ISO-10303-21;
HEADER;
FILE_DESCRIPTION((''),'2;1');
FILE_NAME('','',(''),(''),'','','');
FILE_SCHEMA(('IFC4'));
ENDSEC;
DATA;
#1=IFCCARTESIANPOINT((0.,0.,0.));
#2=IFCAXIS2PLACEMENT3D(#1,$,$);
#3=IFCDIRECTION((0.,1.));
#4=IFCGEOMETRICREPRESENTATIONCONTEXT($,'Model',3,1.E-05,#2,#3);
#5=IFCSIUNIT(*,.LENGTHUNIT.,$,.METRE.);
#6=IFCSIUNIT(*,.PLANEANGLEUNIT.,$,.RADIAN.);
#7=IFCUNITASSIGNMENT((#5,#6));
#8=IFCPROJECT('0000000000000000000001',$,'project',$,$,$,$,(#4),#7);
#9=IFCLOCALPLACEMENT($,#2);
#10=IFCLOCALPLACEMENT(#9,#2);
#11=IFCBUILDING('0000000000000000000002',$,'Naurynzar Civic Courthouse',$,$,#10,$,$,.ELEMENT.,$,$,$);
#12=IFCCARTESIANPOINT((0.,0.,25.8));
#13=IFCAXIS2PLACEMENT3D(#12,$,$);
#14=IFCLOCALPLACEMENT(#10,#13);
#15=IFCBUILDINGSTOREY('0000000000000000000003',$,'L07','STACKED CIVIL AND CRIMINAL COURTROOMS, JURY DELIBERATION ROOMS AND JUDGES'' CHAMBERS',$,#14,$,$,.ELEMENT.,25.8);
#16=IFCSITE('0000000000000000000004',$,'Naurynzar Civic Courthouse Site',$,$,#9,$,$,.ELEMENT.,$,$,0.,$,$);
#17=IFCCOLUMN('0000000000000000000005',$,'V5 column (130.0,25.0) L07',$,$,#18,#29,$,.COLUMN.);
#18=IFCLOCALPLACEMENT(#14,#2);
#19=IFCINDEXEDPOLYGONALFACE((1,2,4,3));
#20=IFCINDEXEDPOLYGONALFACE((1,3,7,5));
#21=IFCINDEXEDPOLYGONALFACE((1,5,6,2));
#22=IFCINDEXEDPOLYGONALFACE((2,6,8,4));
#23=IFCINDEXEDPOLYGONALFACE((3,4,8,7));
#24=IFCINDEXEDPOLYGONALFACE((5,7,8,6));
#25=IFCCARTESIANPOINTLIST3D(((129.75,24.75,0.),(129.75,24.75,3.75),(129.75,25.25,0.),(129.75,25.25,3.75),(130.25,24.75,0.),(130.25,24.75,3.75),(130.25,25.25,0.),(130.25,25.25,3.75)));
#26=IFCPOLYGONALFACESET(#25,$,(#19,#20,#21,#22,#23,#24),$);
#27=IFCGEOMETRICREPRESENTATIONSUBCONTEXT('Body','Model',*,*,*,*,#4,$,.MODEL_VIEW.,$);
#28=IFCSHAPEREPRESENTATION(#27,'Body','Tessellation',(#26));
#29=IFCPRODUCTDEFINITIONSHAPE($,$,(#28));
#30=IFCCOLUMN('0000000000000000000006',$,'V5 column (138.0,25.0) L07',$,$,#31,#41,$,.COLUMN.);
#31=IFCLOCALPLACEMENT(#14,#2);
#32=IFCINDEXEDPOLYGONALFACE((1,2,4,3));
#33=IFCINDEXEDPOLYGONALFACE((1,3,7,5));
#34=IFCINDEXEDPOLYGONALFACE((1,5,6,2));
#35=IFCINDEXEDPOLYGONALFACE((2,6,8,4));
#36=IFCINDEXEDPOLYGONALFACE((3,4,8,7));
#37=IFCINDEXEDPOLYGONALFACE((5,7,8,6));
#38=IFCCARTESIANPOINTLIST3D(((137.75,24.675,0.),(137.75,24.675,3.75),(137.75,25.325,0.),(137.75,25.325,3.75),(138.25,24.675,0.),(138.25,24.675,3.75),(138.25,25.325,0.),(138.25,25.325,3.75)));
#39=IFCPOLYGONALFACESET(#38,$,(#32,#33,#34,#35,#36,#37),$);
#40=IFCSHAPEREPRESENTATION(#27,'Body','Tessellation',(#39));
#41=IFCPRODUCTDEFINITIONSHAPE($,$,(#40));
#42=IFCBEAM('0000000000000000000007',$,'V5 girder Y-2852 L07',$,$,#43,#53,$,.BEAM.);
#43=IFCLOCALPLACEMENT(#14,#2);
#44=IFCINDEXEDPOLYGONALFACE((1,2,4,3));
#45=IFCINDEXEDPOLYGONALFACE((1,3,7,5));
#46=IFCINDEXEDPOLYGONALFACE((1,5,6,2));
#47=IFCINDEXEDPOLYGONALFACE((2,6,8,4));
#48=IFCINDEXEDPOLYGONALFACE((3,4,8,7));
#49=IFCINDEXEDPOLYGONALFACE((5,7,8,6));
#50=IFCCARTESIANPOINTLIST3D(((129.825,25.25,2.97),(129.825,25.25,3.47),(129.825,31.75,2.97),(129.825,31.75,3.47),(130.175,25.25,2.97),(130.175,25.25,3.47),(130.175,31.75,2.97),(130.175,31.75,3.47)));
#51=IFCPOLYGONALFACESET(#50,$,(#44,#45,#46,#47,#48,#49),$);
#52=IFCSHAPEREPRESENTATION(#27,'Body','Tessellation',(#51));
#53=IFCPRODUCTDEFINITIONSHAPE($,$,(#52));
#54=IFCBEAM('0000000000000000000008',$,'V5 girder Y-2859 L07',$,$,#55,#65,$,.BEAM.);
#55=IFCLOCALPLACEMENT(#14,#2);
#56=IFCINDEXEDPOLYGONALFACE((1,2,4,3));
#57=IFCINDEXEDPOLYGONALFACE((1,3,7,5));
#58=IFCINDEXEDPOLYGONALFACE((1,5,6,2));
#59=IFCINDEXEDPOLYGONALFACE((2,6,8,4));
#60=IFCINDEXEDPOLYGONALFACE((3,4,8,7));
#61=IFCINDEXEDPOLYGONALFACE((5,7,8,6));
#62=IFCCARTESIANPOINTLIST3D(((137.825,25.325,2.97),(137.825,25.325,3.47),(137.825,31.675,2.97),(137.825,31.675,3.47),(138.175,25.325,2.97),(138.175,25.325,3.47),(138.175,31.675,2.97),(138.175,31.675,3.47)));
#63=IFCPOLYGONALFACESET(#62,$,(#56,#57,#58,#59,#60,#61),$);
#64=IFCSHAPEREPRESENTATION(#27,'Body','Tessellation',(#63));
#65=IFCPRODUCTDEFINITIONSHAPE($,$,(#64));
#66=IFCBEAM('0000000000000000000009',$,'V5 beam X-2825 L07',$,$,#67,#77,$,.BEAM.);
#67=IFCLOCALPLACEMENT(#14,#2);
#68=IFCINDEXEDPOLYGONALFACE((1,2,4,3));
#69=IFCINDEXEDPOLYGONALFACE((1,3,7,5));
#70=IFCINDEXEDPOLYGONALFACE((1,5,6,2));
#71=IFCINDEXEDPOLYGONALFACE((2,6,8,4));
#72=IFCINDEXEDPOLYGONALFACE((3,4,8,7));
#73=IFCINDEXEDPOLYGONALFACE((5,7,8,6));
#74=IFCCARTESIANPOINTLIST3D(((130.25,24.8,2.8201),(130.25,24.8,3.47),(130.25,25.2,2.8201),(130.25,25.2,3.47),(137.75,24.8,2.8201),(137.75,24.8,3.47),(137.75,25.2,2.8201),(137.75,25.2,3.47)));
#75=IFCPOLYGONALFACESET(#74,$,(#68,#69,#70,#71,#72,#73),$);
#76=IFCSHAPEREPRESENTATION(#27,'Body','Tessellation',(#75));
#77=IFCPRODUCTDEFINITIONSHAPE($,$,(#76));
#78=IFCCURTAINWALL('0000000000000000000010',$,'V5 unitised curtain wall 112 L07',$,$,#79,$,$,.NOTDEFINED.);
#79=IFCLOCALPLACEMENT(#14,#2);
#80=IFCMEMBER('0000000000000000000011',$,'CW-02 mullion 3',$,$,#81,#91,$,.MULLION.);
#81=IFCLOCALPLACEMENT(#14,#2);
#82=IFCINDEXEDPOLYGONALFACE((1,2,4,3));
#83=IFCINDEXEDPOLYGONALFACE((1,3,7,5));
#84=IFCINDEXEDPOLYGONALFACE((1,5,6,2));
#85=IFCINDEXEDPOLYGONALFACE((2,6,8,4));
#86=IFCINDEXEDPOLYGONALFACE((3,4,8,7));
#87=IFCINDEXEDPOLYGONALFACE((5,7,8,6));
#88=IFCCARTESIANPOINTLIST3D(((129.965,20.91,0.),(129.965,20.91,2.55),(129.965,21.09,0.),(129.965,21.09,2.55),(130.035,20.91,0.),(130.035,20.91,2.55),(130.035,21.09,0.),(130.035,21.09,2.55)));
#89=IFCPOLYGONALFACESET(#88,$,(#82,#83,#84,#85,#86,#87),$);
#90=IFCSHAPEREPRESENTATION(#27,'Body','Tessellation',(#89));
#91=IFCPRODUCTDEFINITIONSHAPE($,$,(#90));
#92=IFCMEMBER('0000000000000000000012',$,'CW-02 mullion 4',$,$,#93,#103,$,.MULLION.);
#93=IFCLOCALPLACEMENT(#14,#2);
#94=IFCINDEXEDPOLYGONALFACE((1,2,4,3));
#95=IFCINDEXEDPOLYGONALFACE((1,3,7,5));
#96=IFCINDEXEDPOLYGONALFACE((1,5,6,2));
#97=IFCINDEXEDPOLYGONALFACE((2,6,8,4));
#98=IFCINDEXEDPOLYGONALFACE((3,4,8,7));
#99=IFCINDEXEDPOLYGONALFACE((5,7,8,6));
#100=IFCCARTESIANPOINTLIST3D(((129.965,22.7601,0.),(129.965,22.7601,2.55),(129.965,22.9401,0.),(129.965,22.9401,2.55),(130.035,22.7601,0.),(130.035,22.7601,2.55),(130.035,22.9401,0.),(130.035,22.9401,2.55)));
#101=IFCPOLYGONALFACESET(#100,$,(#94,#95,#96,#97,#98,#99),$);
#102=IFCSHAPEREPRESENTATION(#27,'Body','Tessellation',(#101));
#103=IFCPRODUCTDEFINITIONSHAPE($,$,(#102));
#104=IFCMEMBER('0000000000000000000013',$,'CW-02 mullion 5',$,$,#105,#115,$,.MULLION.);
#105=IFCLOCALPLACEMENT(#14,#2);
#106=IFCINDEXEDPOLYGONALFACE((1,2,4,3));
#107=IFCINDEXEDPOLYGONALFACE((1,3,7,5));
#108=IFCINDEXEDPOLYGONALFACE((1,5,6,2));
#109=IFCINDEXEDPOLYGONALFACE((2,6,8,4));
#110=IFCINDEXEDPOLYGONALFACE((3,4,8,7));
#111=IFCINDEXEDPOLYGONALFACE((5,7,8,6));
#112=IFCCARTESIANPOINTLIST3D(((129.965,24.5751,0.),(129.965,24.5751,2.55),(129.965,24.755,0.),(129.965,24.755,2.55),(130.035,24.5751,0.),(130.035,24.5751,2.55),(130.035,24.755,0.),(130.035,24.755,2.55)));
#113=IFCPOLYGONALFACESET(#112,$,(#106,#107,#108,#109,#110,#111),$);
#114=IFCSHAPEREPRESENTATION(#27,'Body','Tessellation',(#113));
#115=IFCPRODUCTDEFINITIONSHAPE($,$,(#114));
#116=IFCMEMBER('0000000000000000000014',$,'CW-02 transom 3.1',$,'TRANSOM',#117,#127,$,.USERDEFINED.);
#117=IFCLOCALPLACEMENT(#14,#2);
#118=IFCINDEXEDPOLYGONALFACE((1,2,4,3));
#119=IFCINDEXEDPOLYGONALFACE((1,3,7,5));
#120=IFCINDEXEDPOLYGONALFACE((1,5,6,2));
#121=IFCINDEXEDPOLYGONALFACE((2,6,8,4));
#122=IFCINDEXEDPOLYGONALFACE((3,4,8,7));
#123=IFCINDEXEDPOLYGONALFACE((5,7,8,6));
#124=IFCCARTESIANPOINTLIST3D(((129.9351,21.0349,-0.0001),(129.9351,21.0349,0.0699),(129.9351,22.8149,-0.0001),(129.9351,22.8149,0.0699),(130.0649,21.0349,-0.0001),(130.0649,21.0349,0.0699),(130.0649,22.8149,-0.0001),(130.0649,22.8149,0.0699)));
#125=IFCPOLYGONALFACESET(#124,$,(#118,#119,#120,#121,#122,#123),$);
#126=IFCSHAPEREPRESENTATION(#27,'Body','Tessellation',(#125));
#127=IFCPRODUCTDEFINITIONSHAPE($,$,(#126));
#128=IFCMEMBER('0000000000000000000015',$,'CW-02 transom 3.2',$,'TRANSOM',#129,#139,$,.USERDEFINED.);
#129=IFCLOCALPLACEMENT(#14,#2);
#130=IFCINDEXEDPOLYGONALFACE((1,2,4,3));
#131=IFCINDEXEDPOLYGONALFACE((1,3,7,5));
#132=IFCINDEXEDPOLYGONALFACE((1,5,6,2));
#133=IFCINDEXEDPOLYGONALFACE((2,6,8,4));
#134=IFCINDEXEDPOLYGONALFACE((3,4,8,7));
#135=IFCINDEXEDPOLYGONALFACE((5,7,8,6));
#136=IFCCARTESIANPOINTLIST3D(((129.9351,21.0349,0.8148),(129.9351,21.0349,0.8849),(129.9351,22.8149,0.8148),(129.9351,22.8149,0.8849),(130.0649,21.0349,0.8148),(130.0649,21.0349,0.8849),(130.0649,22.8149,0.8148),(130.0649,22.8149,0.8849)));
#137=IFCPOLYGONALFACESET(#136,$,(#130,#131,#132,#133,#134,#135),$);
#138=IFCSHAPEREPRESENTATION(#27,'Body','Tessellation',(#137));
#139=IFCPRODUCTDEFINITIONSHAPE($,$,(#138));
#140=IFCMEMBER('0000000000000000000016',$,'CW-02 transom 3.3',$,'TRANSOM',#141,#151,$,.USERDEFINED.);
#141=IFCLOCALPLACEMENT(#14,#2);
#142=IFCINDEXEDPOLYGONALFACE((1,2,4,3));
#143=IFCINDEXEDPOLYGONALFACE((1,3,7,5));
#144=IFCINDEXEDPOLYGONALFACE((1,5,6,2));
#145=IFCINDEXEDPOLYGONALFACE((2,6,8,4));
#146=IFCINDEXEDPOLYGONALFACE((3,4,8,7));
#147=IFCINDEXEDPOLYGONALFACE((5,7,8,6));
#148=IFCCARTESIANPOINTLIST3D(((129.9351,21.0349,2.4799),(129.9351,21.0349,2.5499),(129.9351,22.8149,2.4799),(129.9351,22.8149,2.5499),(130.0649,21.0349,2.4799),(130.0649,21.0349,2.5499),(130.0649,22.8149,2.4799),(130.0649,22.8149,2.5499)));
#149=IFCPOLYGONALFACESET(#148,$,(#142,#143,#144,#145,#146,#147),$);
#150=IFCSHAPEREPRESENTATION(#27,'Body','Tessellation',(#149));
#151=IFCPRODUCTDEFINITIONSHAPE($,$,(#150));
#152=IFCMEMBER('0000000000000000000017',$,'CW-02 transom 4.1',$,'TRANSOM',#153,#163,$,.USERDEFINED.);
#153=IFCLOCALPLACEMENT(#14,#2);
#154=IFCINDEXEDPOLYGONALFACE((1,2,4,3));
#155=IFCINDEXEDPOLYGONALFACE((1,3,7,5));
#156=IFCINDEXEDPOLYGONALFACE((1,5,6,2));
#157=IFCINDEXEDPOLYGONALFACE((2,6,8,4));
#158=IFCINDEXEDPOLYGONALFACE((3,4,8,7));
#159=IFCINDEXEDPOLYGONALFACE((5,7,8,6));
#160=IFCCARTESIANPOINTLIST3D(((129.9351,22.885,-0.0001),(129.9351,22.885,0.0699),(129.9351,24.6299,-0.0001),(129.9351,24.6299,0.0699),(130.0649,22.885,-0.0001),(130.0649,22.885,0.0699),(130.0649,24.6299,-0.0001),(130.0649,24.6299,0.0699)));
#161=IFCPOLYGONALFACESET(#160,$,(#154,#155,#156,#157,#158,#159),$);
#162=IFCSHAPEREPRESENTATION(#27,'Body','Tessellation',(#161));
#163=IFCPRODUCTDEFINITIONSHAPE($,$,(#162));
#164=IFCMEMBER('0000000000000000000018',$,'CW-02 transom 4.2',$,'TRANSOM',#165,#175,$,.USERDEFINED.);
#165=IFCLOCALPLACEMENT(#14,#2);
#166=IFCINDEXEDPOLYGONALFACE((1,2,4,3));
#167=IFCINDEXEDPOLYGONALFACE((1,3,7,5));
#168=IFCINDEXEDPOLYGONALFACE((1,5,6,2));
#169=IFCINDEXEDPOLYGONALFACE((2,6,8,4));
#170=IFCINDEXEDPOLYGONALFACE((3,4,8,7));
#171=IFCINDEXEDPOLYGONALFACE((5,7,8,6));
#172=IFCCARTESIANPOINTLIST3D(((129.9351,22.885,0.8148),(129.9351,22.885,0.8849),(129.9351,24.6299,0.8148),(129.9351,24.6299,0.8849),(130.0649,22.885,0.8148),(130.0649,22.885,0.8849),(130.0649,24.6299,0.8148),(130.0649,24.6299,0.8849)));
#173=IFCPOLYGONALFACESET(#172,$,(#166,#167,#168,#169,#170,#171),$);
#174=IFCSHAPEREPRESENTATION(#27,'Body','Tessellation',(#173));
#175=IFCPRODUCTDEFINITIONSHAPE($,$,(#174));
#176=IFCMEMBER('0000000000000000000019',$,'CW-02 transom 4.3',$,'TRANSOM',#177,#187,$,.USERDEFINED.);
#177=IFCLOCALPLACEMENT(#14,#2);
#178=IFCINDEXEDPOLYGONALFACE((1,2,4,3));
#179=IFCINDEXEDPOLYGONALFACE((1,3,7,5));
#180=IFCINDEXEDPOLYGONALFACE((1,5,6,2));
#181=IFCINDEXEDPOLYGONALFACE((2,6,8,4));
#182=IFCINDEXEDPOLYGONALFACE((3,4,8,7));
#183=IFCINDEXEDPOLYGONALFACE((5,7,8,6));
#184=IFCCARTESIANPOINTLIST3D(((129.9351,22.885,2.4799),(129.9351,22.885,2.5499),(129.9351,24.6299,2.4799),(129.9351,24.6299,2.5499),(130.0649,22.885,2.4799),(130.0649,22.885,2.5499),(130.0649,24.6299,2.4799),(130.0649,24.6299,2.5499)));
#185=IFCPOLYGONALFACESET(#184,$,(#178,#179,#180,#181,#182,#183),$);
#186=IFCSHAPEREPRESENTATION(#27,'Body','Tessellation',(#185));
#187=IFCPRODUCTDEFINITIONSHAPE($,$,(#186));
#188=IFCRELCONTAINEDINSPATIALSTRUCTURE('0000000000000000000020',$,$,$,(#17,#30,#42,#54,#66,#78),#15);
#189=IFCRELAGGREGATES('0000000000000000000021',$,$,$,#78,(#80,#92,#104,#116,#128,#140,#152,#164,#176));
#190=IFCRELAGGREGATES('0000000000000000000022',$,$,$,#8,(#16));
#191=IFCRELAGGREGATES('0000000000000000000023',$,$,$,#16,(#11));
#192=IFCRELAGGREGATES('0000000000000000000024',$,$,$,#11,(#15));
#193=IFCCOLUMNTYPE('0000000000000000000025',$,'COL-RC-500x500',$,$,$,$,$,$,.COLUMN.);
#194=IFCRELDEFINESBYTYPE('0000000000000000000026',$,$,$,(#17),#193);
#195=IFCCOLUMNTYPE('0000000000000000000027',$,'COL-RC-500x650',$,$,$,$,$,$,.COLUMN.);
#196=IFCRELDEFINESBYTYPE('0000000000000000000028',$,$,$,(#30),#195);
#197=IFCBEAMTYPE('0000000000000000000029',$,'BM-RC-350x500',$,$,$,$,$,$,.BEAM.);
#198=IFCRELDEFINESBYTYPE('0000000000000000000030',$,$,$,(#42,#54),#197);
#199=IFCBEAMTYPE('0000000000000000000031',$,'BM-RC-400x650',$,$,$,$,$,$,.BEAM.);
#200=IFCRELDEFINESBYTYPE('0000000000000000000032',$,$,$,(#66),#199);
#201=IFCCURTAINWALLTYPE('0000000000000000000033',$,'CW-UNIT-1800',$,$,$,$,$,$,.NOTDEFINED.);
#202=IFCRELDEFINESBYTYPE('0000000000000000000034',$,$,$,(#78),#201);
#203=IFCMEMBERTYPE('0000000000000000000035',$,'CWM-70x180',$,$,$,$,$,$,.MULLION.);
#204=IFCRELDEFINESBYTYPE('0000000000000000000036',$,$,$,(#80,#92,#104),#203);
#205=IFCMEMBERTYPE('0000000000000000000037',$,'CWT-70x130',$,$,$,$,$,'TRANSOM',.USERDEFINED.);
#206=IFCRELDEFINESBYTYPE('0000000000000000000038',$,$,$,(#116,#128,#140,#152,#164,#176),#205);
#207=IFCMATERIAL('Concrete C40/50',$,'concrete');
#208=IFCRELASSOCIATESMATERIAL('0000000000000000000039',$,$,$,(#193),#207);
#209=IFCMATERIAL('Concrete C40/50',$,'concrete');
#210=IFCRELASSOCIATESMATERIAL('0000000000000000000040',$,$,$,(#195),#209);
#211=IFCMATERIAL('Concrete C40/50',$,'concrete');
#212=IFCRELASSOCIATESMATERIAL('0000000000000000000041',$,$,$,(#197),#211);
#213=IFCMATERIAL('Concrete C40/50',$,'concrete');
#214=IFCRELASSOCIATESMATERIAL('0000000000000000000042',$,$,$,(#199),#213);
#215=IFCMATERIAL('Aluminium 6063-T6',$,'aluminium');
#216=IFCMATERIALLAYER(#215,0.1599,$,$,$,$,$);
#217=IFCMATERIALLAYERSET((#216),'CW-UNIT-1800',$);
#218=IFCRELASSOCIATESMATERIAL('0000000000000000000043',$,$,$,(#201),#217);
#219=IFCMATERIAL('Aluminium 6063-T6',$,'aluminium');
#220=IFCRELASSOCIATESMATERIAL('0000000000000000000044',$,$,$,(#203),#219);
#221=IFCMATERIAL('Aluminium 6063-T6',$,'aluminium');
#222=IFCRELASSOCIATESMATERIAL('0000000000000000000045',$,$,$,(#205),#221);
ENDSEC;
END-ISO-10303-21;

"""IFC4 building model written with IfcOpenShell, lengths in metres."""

from ifc_helpers import new_model, si_unit, direction, frame, origin, origin_2d, place, context, subcontext, project, spatial, rectangle, extrude, material, layer, layer_set, material_profile, profile_set, type_object, element, aggregate, save


model = new_model("IFC4")

# Units and contexts
model_context = context("Model", 3, precision=1e-05, world=origin(), true_north=direction((0.0, 1.0)))
body_context = subcontext(model_context, "Body", "Model", "MODEL_VIEW")
ifc_project = project(units=[si_unit("LENGTHUNIT", "METRE"), si_unit("PLANEANGLEUNIT", "RADIAN")], contexts=[model_context])

# Site, building, storey
site_placement = place(None, origin())
site = spatial("IfcSite", under=ifc_project, at=site_placement, Name="Naurynzar Civic Courthouse Site", CompositionType="ELEMENT", RefElevation=0.0)
building_placement = place(site_placement, origin())
building = spatial("IfcBuilding", under=site, at=building_placement, Name="Naurynzar Civic Courthouse", CompositionType="ELEMENT")
storey_placement = place(building_placement, frame((0.0, 0.0, 25.8)))
storey = spatial("IfcBuildingStorey", under=building, at=storey_placement, Name="L07", Description="STACKED CIVIL AND CRIMINAL COURTROOMS, JURY DELIBERATION ROOMS AND JUDGES' CHAMBERS", CompositionType="ELEMENT", Elevation=25.8)

# Columns
ifc_material_1 = material(Name="Concrete C40/50", Category="concrete")
ifc_material_profile_1 = material_profile(ifc_material_1, rectangle(XDim=0.5, YDim=0.5, at=origin_2d()), Name="RC 500x500")
ifc_profile_set_1 = profile_set([ifc_material_profile_1], Name="Concrete C40/50")
column_type_1 = type_object("IfcColumnType", Name="COL-RC-500x500", PredefinedType="COLUMN", material=ifc_profile_set_1)
column_1_placement = place(storey_placement, frame((130.0, 25.0, 0.0), z_axis=(0.0, 0.0, 1.0), x_axis=(1.0, 0.0, 0.0)))
element("IfcColumn", 1, at=column_1_placement, inside=storey, type_object=column_type_1, Name="V5 column (130.0,25.0) L07", PredefinedType="COLUMN", context=body_context, shape_type="SweptSolid", body=[
    extrude(rectangle(XDim=0.5, YDim=0.5, at=origin_2d()), origin(), (0.0, 0.0, 1.0), 3.75),
])
ifc_material_2 = material(Name="Concrete C40/50", Category="concrete")
ifc_material_profile_2 = material_profile(ifc_material_2, rectangle(XDim=0.5, YDim=0.6499, at=origin_2d()), Name="RC 500x650")
ifc_profile_set_2 = profile_set([ifc_material_profile_2], Name="Concrete C40/50")
column_type_2 = type_object("IfcColumnType", Name="COL-RC-500x650", PredefinedType="COLUMN", material=ifc_profile_set_2)
column_2_placement = place(storey_placement, frame((138.0, 25.0, 0.0), z_axis=(0.0, 0.0, 1.0), x_axis=(1.0, 0.0, 0.0)))
element("IfcColumn", 2, at=column_2_placement, inside=storey, type_object=column_type_2, Name="V5 column (138.0,25.0) L07", PredefinedType="COLUMN", context=body_context, shape_type="SweptSolid", body=[
    extrude(rectangle(XDim=0.5, YDim=0.6499, at=origin_2d()), origin(), (0.0, 0.0, 1.0), 3.75),
])

# Beams
ifc_material_3 = material(Name="Concrete C40/50", Category="concrete")
ifc_material_profile_3 = material_profile(ifc_material_3, rectangle(XDim=0.3501, YDim=0.5, at=origin_2d()), Name="RCB 350x500")
ifc_profile_set_3 = profile_set([ifc_material_profile_3], Name="Concrete C40/50")
beam_type_1 = type_object("IfcBeamType", Name="BM-RC-350x500", PredefinedType="BEAM", material=ifc_profile_set_3)
beam_1_placement = place(storey_placement, frame((130.0, 25.25, 3.22), z_axis=(0.0, 1.0, 0.0), x_axis=(-1.0, 0.0, 0.0)))
element("IfcBeam", 3, at=beam_1_placement, inside=storey, type_object=beam_type_1, Name="V5 girder Y-2852 L07", PredefinedType="BEAM", context=body_context, shape_type="SweptSolid", body=[
    extrude(rectangle(XDim=0.3501, YDim=0.5, at=origin_2d()), origin(), (0.0, 0.0, 1.0), 6.5),
])
beam_2_placement = place(storey_placement, frame((138.0, 25.325, 3.22), z_axis=(0.0, 1.0, 0.0), x_axis=(-1.0, 0.0, 0.0)))
element("IfcBeam", 4, at=beam_2_placement, inside=storey, type_object=beam_type_1, Name="V5 girder Y-2859 L07", PredefinedType="BEAM", context=body_context, shape_type="SweptSolid", body=[
    extrude(rectangle(XDim=0.3501, YDim=0.5, at=origin_2d()), origin(), (0.0, 0.0, 1.0), 6.3501),
])
ifc_material_4 = material(Name="Concrete C40/50", Category="concrete")
ifc_material_profile_4 = material_profile(ifc_material_4, rectangle(XDim=0.3999, YDim=0.6499, at=origin_2d()), Name="RCB 400x650")
ifc_profile_set_4 = profile_set([ifc_material_profile_4], Name="Concrete C40/50")
beam_type_2 = type_object("IfcBeamType", Name="BM-RC-400x650", PredefinedType="BEAM", material=ifc_profile_set_4)
beam_3_placement = place(storey_placement, frame((130.25, 25.0, 3.145), z_axis=(1.0, 0.0, 0.0), x_axis=(0.0, 1.0, 0.0)))
element("IfcBeam", 5, at=beam_3_placement, inside=storey, type_object=beam_type_2, Name="V5 beam X-2825 L07", PredefinedType="BEAM", context=body_context, shape_type="SweptSolid", body=[
    extrude(rectangle(XDim=0.3999, YDim=0.6499, at=origin_2d()), origin(), (0.0, 0.0, 1.0), 7.5),
])

# Curtain wall, members
ifc_material_5 = material(Name="Aluminium 6063-T6", Category="aluminium")
ifc_layer_1 = layer(ifc_material_5, 0.1599)
ifc_layer_set_1 = layer_set([ifc_layer_1], Name="CW-UNIT-1800")
curtain_wall_type = type_object("IfcCurtainWallType", Name="CW-UNIT-1800", PredefinedType="NOTDEFINED", material=ifc_layer_set_1)
curtain_wall_placement = place(storey_placement, origin())
curtain_wall = element("IfcCurtainWall", 6, at=curtain_wall_placement, inside=storey, type_object=curtain_wall_type, Name="V5 unitised curtain wall 112 L07", PredefinedType="NOTDEFINED")
ifc_material_6 = material(Name="Aluminium 6063-T6", Category="aluminium")
ifc_material_profile_5 = material_profile(ifc_material_6, rectangle(XDim=0.0701, YDim=0.1799, at=origin_2d()), Name="ALU MULLION 70x180")
ifc_profile_set_5 = profile_set([ifc_material_profile_5], Name="Aluminium 6063-T6")
member_type_1 = type_object("IfcMemberType", Name="CWM-70x180", PredefinedType="MULLION", material=ifc_profile_set_5)
member_1_placement = place(storey_placement, frame((130.0, 21.0, 0.0), z_axis=(0.0, 0.0, 1.0), x_axis=(-1.0, 0.0, 0.0)))
member_1 = element("IfcMember", 7, at=member_1_placement, type_object=member_type_1, Name="CW-02 mullion 3", PredefinedType="MULLION", context=body_context, shape_type="SweptSolid", body=[
    extrude(rectangle(XDim=0.0701, YDim=0.1799, at=origin_2d()), origin(), (0.0, 0.0, 1.0), 2.55),
])
member_2_placement = place(storey_placement, frame((130.0, 22.8501, 0.0), z_axis=(0.0, 0.0, 1.0), x_axis=(-1.0, 0.0, 0.0)))
member_2 = element("IfcMember", 8, at=member_2_placement, type_object=member_type_1, Name="CW-02 mullion 4", PredefinedType="MULLION", context=body_context, shape_type="SweptSolid", body=[
    extrude(rectangle(XDim=0.0701, YDim=0.1799, at=origin_2d()), origin(), (0.0, 0.0, 1.0), 2.55),
])
member_3_placement = place(storey_placement, frame((130.0, 24.665, 0.0), z_axis=(0.0, 0.0, 1.0), x_axis=(-1.0, 0.0, 0.0)))
member_3 = element("IfcMember", 9, at=member_3_placement, type_object=member_type_1, Name="CW-02 mullion 5", PredefinedType="MULLION", context=body_context, shape_type="SweptSolid", body=[
    extrude(rectangle(XDim=0.0701, YDim=0.1799, at=origin_2d()), origin(), (0.0, 0.0, 1.0), 2.55),
])
ifc_material_7 = material(Name="Aluminium 6063-T6", Category="aluminium")
ifc_material_profile_6 = material_profile(ifc_material_7, rectangle(XDim=0.1299, YDim=0.0701, at=origin_2d()), Name="ALU TRANSOM 70x130")
ifc_profile_set_6 = profile_set([ifc_material_profile_6], Name="Aluminium 6063-T6")
member_type_2 = type_object("IfcMemberType", Name="CWT-70x130", ElementType="TRANSOM", PredefinedType="USERDEFINED", material=ifc_profile_set_6)
member_4_placement = place(storey_placement, frame((130.0, 21.0349, 0.0349), z_axis=(0.0, 1.0, 0.0), x_axis=(-1.0, 0.0, 0.0)))
member_4 = element("IfcMember", 10, at=member_4_placement, type_object=member_type_2, Name="CW-02 transom 3.1", ObjectType="TRANSOM", PredefinedType="USERDEFINED", context=body_context, shape_type="SweptSolid", body=[
    extrude(rectangle(XDim=0.1299, YDim=0.0701, at=origin_2d()), origin(), (0.0, 0.0, 1.0), 1.78),
])
member_5_placement = place(storey_placement, frame((130.0, 21.0349, 0.8499), z_axis=(0.0, 1.0, 0.0), x_axis=(-1.0, 0.0, 0.0)))
member_5 = element("IfcMember", 11, at=member_5_placement, type_object=member_type_2, Name="CW-02 transom 3.2", ObjectType="TRANSOM", PredefinedType="USERDEFINED", context=body_context, shape_type="SweptSolid", body=[
    extrude(rectangle(XDim=0.1299, YDim=0.0701, at=origin_2d()), origin(), (0.0, 0.0, 1.0), 1.78),
])
member_6_placement = place(storey_placement, frame((130.0, 21.0349, 2.5149), z_axis=(0.0, 1.0, 0.0), x_axis=(-1.0, 0.0, 0.0)))
member_6 = element("IfcMember", 12, at=member_6_placement, type_object=member_type_2, Name="CW-02 transom 3.3", ObjectType="TRANSOM", PredefinedType="USERDEFINED", context=body_context, shape_type="SweptSolid", body=[
    extrude(rectangle(XDim=0.1299, YDim=0.0701, at=origin_2d()), origin(), (0.0, 0.0, 1.0), 1.78),
])
member_7_placement = place(storey_placement, frame((130.0, 22.885, 0.0349), z_axis=(0.0, 1.0, 0.0), x_axis=(-1.0, 0.0, 0.0)))
member_7 = element("IfcMember", 13, at=member_7_placement, type_object=member_type_2, Name="CW-02 transom 4.1", ObjectType="TRANSOM", PredefinedType="USERDEFINED", context=body_context, shape_type="SweptSolid", body=[
    extrude(rectangle(XDim=0.1299, YDim=0.0701, at=origin_2d()), origin(), (0.0, 0.0, 1.0), 1.7449),
])
member_8_placement = place(storey_placement, frame((130.0, 22.885, 0.8499), z_axis=(0.0, 1.0, 0.0), x_axis=(-1.0, 0.0, 0.0)))
member_8 = element("IfcMember", 14, at=member_8_placement, type_object=member_type_2, Name="CW-02 transom 4.2", ObjectType="TRANSOM", PredefinedType="USERDEFINED", context=body_context, shape_type="SweptSolid", body=[
    extrude(rectangle(XDim=0.1299, YDim=0.0701, at=origin_2d()), origin(), (0.0, 0.0, 1.0), 1.7449),
])
member_9_placement = place(storey_placement, frame((130.0, 22.885, 2.5149), z_axis=(0.0, 1.0, 0.0), x_axis=(-1.0, 0.0, 0.0)))
member_9 = element("IfcMember", 15, at=member_9_placement, type_object=member_type_2, Name="CW-02 transom 4.3", ObjectType="TRANSOM", PredefinedType="USERDEFINED", context=body_context, shape_type="SweptSolid", body=[
    extrude(rectangle(XDim=0.1299, YDim=0.0701, at=origin_2d()), origin(), (0.0, 0.0, 1.0), 1.7449),
])
aggregate(curtain_wall, [member_1, member_2, member_3, member_4, member_5, member_6, member_7, member_8, member_9])

save(model, "model.ifc")
